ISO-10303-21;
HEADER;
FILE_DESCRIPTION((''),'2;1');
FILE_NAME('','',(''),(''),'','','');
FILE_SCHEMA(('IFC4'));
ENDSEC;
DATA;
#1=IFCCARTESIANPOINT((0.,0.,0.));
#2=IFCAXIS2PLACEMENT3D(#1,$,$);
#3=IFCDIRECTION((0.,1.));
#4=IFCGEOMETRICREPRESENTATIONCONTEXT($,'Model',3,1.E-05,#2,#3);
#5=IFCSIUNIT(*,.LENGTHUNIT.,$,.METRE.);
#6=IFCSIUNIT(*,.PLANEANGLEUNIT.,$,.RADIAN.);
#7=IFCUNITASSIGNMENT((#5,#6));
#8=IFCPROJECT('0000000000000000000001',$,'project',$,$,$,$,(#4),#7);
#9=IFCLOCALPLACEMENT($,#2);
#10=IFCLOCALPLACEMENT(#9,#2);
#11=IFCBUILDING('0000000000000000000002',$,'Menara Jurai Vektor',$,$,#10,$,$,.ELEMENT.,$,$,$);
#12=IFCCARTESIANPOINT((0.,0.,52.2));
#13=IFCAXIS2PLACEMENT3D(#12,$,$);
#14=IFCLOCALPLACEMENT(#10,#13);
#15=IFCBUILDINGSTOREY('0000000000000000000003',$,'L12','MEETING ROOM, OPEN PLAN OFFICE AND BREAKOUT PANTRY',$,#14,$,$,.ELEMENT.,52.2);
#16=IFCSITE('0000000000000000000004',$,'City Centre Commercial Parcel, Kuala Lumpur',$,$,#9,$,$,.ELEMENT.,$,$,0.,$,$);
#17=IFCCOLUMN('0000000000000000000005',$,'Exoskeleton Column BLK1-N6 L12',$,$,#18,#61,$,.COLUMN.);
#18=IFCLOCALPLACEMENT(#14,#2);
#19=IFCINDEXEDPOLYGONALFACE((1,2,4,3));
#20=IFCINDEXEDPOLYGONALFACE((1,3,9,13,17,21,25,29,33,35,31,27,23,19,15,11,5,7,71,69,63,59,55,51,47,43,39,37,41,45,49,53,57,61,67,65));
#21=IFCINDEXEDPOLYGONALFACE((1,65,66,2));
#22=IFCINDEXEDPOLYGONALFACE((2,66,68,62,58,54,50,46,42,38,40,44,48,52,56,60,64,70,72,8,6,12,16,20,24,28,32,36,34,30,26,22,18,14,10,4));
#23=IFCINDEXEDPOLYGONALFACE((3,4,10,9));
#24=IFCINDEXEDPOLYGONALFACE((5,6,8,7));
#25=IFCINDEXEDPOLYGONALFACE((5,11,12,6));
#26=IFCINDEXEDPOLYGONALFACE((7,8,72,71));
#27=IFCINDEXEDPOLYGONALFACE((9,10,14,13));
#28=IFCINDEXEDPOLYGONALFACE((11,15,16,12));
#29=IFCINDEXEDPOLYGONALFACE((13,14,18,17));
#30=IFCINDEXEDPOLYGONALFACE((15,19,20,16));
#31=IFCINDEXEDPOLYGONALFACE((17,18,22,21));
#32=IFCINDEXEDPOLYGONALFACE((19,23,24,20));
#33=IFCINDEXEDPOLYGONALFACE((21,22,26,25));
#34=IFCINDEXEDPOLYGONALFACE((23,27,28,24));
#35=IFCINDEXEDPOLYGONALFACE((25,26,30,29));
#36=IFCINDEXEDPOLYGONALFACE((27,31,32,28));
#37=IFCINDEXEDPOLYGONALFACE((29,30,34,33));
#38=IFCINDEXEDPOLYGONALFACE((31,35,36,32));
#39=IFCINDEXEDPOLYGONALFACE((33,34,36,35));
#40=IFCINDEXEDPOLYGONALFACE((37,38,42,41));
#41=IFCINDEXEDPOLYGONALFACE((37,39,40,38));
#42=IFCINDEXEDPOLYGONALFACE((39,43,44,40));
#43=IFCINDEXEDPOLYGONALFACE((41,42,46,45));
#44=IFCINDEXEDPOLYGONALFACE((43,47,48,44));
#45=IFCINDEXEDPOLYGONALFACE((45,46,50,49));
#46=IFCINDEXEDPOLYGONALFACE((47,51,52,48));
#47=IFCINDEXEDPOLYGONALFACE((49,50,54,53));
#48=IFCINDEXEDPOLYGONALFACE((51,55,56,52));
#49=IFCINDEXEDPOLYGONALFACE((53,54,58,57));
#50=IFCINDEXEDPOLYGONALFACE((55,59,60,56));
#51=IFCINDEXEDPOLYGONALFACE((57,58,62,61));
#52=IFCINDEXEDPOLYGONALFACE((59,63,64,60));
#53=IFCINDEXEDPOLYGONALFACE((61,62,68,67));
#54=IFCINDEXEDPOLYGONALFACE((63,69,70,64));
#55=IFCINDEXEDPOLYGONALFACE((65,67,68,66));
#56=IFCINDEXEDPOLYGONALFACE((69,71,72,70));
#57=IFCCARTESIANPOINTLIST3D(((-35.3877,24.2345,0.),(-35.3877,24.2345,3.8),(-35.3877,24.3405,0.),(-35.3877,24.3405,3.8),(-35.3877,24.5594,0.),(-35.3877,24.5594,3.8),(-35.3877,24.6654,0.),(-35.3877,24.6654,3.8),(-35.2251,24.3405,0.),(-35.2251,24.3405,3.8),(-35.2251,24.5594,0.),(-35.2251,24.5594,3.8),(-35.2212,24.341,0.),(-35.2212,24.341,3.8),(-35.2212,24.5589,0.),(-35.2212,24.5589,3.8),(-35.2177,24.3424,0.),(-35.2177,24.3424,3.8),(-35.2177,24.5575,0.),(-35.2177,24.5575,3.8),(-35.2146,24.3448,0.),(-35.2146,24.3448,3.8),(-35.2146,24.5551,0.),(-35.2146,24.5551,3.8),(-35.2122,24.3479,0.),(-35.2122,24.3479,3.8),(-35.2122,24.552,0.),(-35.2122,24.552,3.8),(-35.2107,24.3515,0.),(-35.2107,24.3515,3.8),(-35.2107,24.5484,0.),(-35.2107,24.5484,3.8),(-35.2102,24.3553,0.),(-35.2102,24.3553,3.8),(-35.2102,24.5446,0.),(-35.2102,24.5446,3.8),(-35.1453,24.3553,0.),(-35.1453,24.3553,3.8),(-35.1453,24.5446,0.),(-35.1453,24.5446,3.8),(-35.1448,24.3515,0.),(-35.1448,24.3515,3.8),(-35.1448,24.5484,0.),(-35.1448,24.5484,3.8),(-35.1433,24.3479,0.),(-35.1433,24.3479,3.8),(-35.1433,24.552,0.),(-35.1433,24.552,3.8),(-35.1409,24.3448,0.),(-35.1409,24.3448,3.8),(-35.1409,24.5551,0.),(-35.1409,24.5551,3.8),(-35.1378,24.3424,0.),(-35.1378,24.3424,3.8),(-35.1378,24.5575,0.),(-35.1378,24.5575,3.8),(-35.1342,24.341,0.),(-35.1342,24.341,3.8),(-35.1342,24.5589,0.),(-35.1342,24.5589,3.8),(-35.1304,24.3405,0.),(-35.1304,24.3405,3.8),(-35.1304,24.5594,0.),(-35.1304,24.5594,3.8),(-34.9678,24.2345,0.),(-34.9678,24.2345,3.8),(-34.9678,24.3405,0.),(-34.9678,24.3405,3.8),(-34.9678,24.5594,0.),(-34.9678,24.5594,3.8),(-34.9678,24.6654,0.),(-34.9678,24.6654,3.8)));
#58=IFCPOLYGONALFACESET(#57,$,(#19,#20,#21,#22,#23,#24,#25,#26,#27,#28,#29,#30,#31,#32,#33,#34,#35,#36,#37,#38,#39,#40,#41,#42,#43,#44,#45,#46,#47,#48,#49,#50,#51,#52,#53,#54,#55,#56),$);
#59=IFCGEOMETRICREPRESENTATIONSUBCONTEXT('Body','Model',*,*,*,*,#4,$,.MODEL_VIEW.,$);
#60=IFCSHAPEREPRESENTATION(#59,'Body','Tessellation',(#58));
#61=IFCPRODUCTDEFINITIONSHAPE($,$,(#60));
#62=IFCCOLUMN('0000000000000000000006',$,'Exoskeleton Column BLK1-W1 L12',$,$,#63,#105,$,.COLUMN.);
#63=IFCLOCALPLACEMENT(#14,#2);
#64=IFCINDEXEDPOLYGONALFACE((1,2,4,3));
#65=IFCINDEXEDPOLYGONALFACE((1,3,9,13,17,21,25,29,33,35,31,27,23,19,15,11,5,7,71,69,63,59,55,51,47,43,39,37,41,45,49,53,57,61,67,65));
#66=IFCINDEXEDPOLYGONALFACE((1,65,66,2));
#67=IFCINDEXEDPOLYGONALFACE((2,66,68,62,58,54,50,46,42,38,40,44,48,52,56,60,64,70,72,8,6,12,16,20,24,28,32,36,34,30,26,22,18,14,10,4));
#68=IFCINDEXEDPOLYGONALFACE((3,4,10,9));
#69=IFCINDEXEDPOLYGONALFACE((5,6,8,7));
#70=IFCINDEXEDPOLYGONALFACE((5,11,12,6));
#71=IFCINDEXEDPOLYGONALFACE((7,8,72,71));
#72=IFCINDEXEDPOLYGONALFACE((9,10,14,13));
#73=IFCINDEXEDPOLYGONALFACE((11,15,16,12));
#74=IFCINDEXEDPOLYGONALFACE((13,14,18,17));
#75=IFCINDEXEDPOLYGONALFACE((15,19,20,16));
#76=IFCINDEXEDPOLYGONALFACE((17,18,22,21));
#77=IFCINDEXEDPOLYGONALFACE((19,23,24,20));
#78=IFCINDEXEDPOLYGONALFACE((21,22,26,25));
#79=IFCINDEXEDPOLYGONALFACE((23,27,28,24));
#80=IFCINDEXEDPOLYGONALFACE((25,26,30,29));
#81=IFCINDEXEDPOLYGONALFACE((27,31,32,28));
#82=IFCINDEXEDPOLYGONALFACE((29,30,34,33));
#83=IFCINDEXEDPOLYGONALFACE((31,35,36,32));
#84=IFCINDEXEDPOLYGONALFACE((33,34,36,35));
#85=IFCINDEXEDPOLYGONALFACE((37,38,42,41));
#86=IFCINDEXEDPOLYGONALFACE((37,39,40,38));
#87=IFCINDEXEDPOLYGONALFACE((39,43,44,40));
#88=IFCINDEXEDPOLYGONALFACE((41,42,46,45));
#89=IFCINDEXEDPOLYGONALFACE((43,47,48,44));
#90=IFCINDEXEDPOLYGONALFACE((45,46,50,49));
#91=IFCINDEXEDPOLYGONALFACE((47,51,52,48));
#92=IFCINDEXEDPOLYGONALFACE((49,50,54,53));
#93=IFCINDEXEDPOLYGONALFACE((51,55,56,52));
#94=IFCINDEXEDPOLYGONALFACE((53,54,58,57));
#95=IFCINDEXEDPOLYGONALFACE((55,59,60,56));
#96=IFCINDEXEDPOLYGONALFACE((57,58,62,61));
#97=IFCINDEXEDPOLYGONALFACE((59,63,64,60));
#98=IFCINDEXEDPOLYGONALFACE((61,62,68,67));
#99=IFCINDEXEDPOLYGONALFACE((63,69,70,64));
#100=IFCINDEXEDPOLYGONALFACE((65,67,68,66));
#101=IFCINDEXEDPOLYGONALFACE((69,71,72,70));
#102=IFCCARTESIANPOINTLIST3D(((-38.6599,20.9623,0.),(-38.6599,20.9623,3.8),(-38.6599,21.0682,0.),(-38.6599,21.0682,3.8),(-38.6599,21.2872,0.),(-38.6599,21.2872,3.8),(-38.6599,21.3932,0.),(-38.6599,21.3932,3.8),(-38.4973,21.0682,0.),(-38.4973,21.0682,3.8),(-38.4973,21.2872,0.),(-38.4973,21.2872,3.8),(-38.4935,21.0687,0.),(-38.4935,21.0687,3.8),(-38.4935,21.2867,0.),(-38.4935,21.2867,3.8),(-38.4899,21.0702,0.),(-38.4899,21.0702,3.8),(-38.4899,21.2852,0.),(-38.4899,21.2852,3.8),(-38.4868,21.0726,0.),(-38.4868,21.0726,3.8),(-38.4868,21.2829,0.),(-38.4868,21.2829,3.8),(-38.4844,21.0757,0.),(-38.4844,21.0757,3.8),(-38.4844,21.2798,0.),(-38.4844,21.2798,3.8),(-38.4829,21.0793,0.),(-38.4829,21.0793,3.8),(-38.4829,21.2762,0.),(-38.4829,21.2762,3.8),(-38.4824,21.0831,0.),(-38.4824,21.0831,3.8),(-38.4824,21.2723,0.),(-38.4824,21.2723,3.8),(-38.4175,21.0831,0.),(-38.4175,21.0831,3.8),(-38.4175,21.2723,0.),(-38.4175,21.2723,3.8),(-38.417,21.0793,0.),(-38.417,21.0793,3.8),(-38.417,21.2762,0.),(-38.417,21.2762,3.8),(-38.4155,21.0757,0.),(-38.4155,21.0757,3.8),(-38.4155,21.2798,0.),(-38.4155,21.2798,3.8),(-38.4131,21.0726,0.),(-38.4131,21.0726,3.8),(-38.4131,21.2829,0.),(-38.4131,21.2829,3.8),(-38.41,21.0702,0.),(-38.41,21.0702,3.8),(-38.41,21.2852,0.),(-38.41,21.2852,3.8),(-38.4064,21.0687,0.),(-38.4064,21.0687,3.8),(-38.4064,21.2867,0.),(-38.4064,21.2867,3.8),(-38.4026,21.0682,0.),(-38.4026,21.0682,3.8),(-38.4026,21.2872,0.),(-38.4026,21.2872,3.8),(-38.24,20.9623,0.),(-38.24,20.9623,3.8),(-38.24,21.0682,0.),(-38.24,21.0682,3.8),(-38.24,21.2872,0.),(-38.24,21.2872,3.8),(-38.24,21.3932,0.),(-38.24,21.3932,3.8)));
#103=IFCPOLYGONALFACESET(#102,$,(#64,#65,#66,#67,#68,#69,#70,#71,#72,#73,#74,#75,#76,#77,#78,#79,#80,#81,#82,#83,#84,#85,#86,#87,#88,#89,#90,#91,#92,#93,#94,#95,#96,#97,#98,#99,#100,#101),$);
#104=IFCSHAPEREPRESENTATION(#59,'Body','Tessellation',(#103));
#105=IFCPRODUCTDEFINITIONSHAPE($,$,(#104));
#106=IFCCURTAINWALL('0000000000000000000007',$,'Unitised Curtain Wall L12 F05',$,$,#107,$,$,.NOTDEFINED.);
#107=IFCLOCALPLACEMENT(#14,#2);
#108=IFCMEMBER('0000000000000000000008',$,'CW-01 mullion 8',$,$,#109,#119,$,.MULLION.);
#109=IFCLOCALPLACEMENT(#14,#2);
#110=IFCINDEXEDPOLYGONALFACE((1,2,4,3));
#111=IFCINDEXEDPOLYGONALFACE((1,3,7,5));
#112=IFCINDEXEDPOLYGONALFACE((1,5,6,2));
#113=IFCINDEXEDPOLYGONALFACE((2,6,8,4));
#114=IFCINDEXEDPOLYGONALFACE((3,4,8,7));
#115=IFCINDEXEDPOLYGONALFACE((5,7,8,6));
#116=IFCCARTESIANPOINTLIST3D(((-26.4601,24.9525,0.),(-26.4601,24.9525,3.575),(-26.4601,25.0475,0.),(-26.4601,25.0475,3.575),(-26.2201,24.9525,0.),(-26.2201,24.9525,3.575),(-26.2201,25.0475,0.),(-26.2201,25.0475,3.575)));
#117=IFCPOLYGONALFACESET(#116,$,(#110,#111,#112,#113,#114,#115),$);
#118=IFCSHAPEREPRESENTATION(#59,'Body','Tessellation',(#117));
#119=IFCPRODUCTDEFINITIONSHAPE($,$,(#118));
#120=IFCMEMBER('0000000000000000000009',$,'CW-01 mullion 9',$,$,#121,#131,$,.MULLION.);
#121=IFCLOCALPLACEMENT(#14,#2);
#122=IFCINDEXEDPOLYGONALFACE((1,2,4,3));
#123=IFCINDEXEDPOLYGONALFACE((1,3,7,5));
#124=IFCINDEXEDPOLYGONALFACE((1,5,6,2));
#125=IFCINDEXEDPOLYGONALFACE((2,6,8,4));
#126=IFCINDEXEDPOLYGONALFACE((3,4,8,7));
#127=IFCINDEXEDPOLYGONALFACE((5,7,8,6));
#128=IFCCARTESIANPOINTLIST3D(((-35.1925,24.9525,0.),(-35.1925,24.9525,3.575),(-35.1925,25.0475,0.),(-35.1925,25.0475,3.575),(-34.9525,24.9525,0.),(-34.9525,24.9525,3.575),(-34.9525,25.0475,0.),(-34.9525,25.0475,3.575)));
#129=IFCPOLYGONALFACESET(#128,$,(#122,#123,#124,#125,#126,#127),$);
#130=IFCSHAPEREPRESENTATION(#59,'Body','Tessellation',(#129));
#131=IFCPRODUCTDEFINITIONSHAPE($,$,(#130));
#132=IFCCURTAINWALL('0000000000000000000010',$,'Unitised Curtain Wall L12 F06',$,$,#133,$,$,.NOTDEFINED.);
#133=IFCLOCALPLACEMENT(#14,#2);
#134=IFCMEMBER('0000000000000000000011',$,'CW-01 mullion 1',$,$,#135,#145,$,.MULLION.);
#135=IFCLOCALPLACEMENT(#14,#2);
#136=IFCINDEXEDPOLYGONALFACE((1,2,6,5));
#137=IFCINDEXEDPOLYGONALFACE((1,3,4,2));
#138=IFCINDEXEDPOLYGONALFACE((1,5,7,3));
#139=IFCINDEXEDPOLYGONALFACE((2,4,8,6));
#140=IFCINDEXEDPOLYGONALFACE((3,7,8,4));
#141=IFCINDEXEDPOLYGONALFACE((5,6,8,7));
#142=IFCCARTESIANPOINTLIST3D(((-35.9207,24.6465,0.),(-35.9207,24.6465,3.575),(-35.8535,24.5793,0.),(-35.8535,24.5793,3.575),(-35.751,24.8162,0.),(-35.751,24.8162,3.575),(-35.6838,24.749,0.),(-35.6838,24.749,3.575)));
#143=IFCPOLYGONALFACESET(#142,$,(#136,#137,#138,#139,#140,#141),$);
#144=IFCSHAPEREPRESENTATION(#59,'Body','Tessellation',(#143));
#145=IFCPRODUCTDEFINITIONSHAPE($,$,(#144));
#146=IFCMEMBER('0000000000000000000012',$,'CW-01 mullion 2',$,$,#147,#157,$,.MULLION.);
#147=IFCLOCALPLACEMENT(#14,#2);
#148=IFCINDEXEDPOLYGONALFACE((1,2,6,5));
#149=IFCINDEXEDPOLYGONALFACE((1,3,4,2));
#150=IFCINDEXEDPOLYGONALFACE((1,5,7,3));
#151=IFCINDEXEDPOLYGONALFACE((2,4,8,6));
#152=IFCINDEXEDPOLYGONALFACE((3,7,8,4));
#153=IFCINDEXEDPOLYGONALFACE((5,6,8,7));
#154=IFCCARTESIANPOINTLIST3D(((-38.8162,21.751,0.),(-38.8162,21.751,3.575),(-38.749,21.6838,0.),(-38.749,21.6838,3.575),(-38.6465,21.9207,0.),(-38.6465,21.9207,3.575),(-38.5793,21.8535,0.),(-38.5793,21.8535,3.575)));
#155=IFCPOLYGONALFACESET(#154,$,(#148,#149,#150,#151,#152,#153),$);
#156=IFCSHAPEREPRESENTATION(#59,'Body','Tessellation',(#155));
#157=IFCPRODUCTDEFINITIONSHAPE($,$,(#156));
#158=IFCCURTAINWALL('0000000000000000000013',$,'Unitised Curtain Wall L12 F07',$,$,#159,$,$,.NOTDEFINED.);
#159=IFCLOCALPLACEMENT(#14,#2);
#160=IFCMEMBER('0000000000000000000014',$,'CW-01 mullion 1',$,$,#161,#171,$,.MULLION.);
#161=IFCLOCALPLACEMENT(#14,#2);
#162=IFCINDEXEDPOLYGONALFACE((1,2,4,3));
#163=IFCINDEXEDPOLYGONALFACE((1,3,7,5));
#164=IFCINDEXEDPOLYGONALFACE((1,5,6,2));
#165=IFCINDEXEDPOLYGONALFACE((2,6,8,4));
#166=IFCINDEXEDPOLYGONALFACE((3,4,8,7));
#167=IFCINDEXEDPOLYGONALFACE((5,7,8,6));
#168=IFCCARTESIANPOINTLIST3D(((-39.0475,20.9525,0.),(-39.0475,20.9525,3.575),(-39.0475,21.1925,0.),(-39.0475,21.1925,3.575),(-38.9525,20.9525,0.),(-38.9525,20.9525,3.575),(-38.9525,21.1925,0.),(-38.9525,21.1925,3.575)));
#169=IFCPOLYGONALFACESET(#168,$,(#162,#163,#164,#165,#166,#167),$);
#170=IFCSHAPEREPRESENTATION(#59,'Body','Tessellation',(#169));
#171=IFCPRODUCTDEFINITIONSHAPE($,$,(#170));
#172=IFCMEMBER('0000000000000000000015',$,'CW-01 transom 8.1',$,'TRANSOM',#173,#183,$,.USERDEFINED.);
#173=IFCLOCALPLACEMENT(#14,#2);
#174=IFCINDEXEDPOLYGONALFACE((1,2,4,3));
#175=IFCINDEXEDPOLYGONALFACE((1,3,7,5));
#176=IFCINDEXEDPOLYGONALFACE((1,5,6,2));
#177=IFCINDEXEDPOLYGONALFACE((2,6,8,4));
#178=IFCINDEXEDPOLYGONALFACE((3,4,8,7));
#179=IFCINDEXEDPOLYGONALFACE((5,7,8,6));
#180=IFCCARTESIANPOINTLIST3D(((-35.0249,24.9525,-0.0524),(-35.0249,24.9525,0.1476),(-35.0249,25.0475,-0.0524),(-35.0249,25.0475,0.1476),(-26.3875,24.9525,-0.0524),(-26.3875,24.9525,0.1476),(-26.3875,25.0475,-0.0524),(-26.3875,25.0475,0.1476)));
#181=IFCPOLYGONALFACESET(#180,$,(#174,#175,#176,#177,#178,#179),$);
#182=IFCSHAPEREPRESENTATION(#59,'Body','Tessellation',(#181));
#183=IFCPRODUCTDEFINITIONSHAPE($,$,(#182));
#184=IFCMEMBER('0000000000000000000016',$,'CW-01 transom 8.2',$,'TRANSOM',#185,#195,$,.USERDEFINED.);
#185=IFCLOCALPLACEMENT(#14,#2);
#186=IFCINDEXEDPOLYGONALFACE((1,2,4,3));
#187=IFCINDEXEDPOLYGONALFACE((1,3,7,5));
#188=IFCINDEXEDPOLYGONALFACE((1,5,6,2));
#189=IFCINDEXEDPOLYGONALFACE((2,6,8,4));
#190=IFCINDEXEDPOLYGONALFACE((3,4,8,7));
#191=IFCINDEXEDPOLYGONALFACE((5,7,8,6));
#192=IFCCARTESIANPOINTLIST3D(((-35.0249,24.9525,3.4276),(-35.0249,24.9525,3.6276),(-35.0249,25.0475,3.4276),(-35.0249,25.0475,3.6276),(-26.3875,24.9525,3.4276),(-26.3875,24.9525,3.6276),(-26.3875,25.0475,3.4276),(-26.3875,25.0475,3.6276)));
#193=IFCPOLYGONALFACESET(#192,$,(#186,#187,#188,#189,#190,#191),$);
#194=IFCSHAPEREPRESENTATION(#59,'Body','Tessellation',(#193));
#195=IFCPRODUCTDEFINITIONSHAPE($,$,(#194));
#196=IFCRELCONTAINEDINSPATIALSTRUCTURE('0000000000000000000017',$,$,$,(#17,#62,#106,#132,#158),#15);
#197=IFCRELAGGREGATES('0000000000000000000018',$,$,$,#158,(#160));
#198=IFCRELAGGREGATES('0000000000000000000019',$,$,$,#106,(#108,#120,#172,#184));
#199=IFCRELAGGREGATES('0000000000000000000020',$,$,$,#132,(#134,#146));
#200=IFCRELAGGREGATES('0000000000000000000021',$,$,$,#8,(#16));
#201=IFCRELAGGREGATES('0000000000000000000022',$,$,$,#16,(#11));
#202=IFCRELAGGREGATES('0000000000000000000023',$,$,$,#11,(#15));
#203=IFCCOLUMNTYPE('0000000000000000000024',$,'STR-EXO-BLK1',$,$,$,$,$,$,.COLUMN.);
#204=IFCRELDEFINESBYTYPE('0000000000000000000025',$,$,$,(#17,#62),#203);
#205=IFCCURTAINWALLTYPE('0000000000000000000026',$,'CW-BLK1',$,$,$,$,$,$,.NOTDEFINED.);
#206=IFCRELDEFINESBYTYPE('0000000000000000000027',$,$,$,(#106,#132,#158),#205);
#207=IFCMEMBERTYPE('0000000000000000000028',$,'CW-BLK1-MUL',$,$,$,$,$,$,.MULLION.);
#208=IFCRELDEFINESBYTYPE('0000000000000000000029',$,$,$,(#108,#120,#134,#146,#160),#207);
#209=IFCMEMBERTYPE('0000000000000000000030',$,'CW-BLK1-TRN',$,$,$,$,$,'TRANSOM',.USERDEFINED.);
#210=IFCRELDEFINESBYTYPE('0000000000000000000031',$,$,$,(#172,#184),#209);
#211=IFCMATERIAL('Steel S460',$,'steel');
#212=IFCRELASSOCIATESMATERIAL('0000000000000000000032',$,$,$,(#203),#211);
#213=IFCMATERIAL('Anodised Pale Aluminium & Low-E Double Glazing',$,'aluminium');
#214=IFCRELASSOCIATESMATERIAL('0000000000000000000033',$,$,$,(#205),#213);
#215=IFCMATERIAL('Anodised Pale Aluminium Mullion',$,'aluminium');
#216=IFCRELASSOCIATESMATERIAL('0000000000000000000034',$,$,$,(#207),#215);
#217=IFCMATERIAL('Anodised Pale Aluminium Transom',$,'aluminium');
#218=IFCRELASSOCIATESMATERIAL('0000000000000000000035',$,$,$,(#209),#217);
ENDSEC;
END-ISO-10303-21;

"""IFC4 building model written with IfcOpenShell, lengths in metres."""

from ifc_helpers import new_model, si_unit, direction, frame, origin, origin_2d, place, context, subcontext, project, spatial, rectangle, i_section, extrude, material, material_profile, profile_set, type_object, element, aggregate, save


model = new_model("IFC4")

# Units and contexts
model_context = context("Model", 3, precision=1e-05, world=origin(), true_north=direction((0.0, 1.0)))
body_context = subcontext(model_context, "Body", "Model", "MODEL_VIEW")
ifc_project = project(units=[si_unit("LENGTHUNIT", "METRE"), si_unit("PLANEANGLEUNIT", "RADIAN")], contexts=[model_context])

# Site, building, storey
site_placement = place(None, origin())
site = spatial("IfcSite", under=ifc_project, at=site_placement, Name="City Centre Commercial Parcel, Kuala Lumpur", CompositionType="ELEMENT", RefElevation=0.0)
building_placement = place(site_placement, origin())
building = spatial("IfcBuilding", under=site, at=building_placement, Name="Menara Jurai Vektor", CompositionType="ELEMENT")
storey_placement = place(building_placement, frame((0.0, 0.0, 52.2)))
storey = spatial("IfcBuildingStorey", under=building, at=storey_placement, Name="L12", Description="MEETING ROOM, OPEN PLAN OFFICE AND BREAKOUT PANTRY", CompositionType="ELEMENT", Elevation=52.2)

# Columns
ifc_material_1 = material(Name="Steel S460", Category="steel")
ifc_material_profile_1 = material_profile(ifc_material_1, i_section(OverallWidth=0.4199, OverallDepth=0.4309, WebThickness=0.0649, FlangeThickness=0.106, FilletRadius=0.0149, at=origin_2d()), Name="HD 400x900")
ifc_profile_set_1 = profile_set([ifc_material_profile_1], Name="Steel S460")
column_type = type_object("IfcColumnType", Name="STR-EXO-BLK1", PredefinedType="COLUMN", material=ifc_profile_set_1)
for number, where, z_axis, x_axis, name in (
    (1, (-35.1777, 24.45, 0.0), (0.0, 0.0, 1.0), (1.0, 0.0, 0.0), "Exoskeleton Column BLK1-N6 L12"),
    (2, (-38.45, 21.1777, 0.0), (0.0, 0.0, 1.0), (1.0, 0.0, 0.0), "Exoskeleton Column BLK1-W1 L12"),
):
    element("IfcColumn", number, at=place(storey_placement, frame(where, z_axis=z_axis, x_axis=x_axis)), inside=storey, type_object=column_type, Name=name, PredefinedType="COLUMN", context=body_context, shape_type="SweptSolid", body=[
        extrude(i_section(OverallWidth=0.4199, OverallDepth=0.4309, WebThickness=0.0649, FlangeThickness=0.106, FilletRadius=0.0149, at=origin_2d()), origin(), (0.0, 0.0, 1.0), 3.8),
    ])

# Curtain walls, members
ifc_material_2 = material(Name="Anodised Pale Aluminium & Low-E Double Glazing", Category="aluminium")
curtain_wall_type = type_object("IfcCurtainWallType", Name="CW-BLK1", PredefinedType="NOTDEFINED", material=ifc_material_2)
curtain_wall_1_placement = place(storey_placement, origin())
curtain_wall_1 = element("IfcCurtainWall", 3, at=curtain_wall_1_placement, inside=storey, type_object=curtain_wall_type, Name="Unitised Curtain Wall L12 F05", PredefinedType="NOTDEFINED")
ifc_material_3 = material(Name="Anodised Pale Aluminium Mullion", Category="aluminium")
ifc_material_profile_2 = material_profile(ifc_material_3, rectangle(XDim=0.095, YDim=0.24, at=origin_2d()), Name="ALU MUL 95x240")
ifc_profile_set_2 = profile_set([ifc_material_profile_2], Name="Anodised Pale Aluminium Mullion")
member_type_1 = type_object("IfcMemberType", Name="CW-BLK1-MUL", PredefinedType="MULLION", material=ifc_profile_set_2)
member_1_placement = place(storey_placement, frame((-26.3401, 25.0, 0.0), z_axis=(0.0, 0.0, 1.0), x_axis=(0.0, -1.0, 0.0)))
member_1 = element("IfcMember", 4, at=member_1_placement, type_object=member_type_1, Name="CW-01 mullion 8", PredefinedType="MULLION", context=body_context, shape_type="SweptSolid", body=[
    extrude(rectangle(XDim=0.095, YDim=0.24, at=origin_2d()), origin(), (0.0, 0.0, 1.0), 3.575),
])
member_2_placement = place(storey_placement, frame((-35.0725, 25.0, 0.0), z_axis=(0.0, 0.0, 1.0), x_axis=(0.0, -1.0, 0.0)))
member_2 = element("IfcMember", 5, at=member_2_placement, type_object=member_type_1, Name="CW-01 mullion 9", PredefinedType="MULLION", context=body_context, shape_type="SweptSolid", body=[
    extrude(rectangle(XDim=0.095, YDim=0.24, at=origin_2d()), origin(), (0.0, 0.0, 1.0), 3.575),
])
curtain_wall_2_placement = place(storey_placement, origin())
curtain_wall_2 = element("IfcCurtainWall", 6, at=curtain_wall_2_placement, inside=storey, type_object=curtain_wall_type, Name="Unitised Curtain Wall L12 F06", PredefinedType="NOTDEFINED")
member_3_placement = place(storey_placement, frame((-35.8022, 24.6978, 0.0), z_axis=(0.0, 0.0, 1.0), x_axis=(0.707107, -0.707107, 0.0)))
member_3 = element("IfcMember", 7, at=member_3_placement, type_object=member_type_1, Name="CW-01 mullion 1", PredefinedType="MULLION", context=body_context, shape_type="SweptSolid", body=[
    extrude(rectangle(XDim=0.095, YDim=0.24, at=origin_2d()), origin(), (0.0, 0.0, 1.0), 3.575),
])
member_4_placement = place(storey_placement, frame((-38.6978, 21.8022, 0.0), z_axis=(0.0, 0.0, 1.0), x_axis=(0.707107, -0.707107, 0.0)))
member_4 = element("IfcMember", 8, at=member_4_placement, type_object=member_type_1, Name="CW-01 mullion 2", PredefinedType="MULLION", context=body_context, shape_type="SweptSolid", body=[
    extrude(rectangle(XDim=0.095, YDim=0.24, at=origin_2d()), origin(), (0.0, 0.0, 1.0), 3.575),
])

# Curtain wall, member
curtain_wall_3_placement = place(storey_placement, origin())
curtain_wall_3 = element("IfcCurtainWall", 9, at=curtain_wall_3_placement, inside=storey, type_object=curtain_wall_type, Name="Unitised Curtain Wall L12 F07", PredefinedType="NOTDEFINED")
member_5_placement = place(storey_placement, frame((-39.0, 21.0725, 0.0), z_axis=(0.0, 0.0, 1.0), x_axis=(1.0, 0.0, 0.0)))
member_5 = element("IfcMember", 10, at=member_5_placement, type_object=member_type_1, Name="CW-01 mullion 1", PredefinedType="MULLION", context=body_context, shape_type="SweptSolid", body=[
    extrude(rectangle(XDim=0.095, YDim=0.24, at=origin_2d()), origin(), (0.0, 0.0, 1.0), 3.575),
])

# Members
ifc_material_4 = material(Name="Anodised Pale Aluminium Transom", Category="aluminium")
ifc_material_profile_3 = material_profile(ifc_material_4, rectangle(XDim=0.095, YDim=0.2, at=origin_2d()), Name="ALU TRN 95x200")
ifc_profile_set_3 = profile_set([ifc_material_profile_3], Name="Anodised Pale Aluminium Transom")
member_type_2 = type_object("IfcMemberType", Name="CW-BLK1-TRN", ElementType="TRANSOM", PredefinedType="USERDEFINED", material=ifc_profile_set_3)
member_6_placement = place(storey_placement, frame((-26.3875, 25.0, 0.0476), z_axis=(-1.0, 0.0, 0.0), x_axis=(0.0, -1.0, 0.0)))
member_6 = element("IfcMember", 11, at=member_6_placement, type_object=member_type_2, Name="CW-01 transom 8.1", ObjectType="TRANSOM", PredefinedType="USERDEFINED", context=body_context, shape_type="SweptSolid", body=[
    extrude(rectangle(XDim=0.095, YDim=0.2, at=origin_2d()), origin(), (0.0, 0.0, 1.0), 8.6375),
])
member_7_placement = place(storey_placement, frame((-26.3875, 25.0, 3.5276), z_axis=(-1.0, 0.0, 0.0), x_axis=(0.0, -1.0, 0.0)))
member_7 = element("IfcMember", 12, at=member_7_placement, type_object=member_type_2, Name="CW-01 transom 8.2", ObjectType="TRANSOM", PredefinedType="USERDEFINED", context=body_context, shape_type="SweptSolid", body=[
    extrude(rectangle(XDim=0.095, YDim=0.2, at=origin_2d()), origin(), (0.0, 0.0, 1.0), 8.6375),
])
aggregate(curtain_wall_3, [member_5])

aggregate(curtain_wall_1, [member_1, member_2, member_6, member_7])
aggregate(curtain_wall_2, [member_3, member_4])

save(model, "model.ifc")
